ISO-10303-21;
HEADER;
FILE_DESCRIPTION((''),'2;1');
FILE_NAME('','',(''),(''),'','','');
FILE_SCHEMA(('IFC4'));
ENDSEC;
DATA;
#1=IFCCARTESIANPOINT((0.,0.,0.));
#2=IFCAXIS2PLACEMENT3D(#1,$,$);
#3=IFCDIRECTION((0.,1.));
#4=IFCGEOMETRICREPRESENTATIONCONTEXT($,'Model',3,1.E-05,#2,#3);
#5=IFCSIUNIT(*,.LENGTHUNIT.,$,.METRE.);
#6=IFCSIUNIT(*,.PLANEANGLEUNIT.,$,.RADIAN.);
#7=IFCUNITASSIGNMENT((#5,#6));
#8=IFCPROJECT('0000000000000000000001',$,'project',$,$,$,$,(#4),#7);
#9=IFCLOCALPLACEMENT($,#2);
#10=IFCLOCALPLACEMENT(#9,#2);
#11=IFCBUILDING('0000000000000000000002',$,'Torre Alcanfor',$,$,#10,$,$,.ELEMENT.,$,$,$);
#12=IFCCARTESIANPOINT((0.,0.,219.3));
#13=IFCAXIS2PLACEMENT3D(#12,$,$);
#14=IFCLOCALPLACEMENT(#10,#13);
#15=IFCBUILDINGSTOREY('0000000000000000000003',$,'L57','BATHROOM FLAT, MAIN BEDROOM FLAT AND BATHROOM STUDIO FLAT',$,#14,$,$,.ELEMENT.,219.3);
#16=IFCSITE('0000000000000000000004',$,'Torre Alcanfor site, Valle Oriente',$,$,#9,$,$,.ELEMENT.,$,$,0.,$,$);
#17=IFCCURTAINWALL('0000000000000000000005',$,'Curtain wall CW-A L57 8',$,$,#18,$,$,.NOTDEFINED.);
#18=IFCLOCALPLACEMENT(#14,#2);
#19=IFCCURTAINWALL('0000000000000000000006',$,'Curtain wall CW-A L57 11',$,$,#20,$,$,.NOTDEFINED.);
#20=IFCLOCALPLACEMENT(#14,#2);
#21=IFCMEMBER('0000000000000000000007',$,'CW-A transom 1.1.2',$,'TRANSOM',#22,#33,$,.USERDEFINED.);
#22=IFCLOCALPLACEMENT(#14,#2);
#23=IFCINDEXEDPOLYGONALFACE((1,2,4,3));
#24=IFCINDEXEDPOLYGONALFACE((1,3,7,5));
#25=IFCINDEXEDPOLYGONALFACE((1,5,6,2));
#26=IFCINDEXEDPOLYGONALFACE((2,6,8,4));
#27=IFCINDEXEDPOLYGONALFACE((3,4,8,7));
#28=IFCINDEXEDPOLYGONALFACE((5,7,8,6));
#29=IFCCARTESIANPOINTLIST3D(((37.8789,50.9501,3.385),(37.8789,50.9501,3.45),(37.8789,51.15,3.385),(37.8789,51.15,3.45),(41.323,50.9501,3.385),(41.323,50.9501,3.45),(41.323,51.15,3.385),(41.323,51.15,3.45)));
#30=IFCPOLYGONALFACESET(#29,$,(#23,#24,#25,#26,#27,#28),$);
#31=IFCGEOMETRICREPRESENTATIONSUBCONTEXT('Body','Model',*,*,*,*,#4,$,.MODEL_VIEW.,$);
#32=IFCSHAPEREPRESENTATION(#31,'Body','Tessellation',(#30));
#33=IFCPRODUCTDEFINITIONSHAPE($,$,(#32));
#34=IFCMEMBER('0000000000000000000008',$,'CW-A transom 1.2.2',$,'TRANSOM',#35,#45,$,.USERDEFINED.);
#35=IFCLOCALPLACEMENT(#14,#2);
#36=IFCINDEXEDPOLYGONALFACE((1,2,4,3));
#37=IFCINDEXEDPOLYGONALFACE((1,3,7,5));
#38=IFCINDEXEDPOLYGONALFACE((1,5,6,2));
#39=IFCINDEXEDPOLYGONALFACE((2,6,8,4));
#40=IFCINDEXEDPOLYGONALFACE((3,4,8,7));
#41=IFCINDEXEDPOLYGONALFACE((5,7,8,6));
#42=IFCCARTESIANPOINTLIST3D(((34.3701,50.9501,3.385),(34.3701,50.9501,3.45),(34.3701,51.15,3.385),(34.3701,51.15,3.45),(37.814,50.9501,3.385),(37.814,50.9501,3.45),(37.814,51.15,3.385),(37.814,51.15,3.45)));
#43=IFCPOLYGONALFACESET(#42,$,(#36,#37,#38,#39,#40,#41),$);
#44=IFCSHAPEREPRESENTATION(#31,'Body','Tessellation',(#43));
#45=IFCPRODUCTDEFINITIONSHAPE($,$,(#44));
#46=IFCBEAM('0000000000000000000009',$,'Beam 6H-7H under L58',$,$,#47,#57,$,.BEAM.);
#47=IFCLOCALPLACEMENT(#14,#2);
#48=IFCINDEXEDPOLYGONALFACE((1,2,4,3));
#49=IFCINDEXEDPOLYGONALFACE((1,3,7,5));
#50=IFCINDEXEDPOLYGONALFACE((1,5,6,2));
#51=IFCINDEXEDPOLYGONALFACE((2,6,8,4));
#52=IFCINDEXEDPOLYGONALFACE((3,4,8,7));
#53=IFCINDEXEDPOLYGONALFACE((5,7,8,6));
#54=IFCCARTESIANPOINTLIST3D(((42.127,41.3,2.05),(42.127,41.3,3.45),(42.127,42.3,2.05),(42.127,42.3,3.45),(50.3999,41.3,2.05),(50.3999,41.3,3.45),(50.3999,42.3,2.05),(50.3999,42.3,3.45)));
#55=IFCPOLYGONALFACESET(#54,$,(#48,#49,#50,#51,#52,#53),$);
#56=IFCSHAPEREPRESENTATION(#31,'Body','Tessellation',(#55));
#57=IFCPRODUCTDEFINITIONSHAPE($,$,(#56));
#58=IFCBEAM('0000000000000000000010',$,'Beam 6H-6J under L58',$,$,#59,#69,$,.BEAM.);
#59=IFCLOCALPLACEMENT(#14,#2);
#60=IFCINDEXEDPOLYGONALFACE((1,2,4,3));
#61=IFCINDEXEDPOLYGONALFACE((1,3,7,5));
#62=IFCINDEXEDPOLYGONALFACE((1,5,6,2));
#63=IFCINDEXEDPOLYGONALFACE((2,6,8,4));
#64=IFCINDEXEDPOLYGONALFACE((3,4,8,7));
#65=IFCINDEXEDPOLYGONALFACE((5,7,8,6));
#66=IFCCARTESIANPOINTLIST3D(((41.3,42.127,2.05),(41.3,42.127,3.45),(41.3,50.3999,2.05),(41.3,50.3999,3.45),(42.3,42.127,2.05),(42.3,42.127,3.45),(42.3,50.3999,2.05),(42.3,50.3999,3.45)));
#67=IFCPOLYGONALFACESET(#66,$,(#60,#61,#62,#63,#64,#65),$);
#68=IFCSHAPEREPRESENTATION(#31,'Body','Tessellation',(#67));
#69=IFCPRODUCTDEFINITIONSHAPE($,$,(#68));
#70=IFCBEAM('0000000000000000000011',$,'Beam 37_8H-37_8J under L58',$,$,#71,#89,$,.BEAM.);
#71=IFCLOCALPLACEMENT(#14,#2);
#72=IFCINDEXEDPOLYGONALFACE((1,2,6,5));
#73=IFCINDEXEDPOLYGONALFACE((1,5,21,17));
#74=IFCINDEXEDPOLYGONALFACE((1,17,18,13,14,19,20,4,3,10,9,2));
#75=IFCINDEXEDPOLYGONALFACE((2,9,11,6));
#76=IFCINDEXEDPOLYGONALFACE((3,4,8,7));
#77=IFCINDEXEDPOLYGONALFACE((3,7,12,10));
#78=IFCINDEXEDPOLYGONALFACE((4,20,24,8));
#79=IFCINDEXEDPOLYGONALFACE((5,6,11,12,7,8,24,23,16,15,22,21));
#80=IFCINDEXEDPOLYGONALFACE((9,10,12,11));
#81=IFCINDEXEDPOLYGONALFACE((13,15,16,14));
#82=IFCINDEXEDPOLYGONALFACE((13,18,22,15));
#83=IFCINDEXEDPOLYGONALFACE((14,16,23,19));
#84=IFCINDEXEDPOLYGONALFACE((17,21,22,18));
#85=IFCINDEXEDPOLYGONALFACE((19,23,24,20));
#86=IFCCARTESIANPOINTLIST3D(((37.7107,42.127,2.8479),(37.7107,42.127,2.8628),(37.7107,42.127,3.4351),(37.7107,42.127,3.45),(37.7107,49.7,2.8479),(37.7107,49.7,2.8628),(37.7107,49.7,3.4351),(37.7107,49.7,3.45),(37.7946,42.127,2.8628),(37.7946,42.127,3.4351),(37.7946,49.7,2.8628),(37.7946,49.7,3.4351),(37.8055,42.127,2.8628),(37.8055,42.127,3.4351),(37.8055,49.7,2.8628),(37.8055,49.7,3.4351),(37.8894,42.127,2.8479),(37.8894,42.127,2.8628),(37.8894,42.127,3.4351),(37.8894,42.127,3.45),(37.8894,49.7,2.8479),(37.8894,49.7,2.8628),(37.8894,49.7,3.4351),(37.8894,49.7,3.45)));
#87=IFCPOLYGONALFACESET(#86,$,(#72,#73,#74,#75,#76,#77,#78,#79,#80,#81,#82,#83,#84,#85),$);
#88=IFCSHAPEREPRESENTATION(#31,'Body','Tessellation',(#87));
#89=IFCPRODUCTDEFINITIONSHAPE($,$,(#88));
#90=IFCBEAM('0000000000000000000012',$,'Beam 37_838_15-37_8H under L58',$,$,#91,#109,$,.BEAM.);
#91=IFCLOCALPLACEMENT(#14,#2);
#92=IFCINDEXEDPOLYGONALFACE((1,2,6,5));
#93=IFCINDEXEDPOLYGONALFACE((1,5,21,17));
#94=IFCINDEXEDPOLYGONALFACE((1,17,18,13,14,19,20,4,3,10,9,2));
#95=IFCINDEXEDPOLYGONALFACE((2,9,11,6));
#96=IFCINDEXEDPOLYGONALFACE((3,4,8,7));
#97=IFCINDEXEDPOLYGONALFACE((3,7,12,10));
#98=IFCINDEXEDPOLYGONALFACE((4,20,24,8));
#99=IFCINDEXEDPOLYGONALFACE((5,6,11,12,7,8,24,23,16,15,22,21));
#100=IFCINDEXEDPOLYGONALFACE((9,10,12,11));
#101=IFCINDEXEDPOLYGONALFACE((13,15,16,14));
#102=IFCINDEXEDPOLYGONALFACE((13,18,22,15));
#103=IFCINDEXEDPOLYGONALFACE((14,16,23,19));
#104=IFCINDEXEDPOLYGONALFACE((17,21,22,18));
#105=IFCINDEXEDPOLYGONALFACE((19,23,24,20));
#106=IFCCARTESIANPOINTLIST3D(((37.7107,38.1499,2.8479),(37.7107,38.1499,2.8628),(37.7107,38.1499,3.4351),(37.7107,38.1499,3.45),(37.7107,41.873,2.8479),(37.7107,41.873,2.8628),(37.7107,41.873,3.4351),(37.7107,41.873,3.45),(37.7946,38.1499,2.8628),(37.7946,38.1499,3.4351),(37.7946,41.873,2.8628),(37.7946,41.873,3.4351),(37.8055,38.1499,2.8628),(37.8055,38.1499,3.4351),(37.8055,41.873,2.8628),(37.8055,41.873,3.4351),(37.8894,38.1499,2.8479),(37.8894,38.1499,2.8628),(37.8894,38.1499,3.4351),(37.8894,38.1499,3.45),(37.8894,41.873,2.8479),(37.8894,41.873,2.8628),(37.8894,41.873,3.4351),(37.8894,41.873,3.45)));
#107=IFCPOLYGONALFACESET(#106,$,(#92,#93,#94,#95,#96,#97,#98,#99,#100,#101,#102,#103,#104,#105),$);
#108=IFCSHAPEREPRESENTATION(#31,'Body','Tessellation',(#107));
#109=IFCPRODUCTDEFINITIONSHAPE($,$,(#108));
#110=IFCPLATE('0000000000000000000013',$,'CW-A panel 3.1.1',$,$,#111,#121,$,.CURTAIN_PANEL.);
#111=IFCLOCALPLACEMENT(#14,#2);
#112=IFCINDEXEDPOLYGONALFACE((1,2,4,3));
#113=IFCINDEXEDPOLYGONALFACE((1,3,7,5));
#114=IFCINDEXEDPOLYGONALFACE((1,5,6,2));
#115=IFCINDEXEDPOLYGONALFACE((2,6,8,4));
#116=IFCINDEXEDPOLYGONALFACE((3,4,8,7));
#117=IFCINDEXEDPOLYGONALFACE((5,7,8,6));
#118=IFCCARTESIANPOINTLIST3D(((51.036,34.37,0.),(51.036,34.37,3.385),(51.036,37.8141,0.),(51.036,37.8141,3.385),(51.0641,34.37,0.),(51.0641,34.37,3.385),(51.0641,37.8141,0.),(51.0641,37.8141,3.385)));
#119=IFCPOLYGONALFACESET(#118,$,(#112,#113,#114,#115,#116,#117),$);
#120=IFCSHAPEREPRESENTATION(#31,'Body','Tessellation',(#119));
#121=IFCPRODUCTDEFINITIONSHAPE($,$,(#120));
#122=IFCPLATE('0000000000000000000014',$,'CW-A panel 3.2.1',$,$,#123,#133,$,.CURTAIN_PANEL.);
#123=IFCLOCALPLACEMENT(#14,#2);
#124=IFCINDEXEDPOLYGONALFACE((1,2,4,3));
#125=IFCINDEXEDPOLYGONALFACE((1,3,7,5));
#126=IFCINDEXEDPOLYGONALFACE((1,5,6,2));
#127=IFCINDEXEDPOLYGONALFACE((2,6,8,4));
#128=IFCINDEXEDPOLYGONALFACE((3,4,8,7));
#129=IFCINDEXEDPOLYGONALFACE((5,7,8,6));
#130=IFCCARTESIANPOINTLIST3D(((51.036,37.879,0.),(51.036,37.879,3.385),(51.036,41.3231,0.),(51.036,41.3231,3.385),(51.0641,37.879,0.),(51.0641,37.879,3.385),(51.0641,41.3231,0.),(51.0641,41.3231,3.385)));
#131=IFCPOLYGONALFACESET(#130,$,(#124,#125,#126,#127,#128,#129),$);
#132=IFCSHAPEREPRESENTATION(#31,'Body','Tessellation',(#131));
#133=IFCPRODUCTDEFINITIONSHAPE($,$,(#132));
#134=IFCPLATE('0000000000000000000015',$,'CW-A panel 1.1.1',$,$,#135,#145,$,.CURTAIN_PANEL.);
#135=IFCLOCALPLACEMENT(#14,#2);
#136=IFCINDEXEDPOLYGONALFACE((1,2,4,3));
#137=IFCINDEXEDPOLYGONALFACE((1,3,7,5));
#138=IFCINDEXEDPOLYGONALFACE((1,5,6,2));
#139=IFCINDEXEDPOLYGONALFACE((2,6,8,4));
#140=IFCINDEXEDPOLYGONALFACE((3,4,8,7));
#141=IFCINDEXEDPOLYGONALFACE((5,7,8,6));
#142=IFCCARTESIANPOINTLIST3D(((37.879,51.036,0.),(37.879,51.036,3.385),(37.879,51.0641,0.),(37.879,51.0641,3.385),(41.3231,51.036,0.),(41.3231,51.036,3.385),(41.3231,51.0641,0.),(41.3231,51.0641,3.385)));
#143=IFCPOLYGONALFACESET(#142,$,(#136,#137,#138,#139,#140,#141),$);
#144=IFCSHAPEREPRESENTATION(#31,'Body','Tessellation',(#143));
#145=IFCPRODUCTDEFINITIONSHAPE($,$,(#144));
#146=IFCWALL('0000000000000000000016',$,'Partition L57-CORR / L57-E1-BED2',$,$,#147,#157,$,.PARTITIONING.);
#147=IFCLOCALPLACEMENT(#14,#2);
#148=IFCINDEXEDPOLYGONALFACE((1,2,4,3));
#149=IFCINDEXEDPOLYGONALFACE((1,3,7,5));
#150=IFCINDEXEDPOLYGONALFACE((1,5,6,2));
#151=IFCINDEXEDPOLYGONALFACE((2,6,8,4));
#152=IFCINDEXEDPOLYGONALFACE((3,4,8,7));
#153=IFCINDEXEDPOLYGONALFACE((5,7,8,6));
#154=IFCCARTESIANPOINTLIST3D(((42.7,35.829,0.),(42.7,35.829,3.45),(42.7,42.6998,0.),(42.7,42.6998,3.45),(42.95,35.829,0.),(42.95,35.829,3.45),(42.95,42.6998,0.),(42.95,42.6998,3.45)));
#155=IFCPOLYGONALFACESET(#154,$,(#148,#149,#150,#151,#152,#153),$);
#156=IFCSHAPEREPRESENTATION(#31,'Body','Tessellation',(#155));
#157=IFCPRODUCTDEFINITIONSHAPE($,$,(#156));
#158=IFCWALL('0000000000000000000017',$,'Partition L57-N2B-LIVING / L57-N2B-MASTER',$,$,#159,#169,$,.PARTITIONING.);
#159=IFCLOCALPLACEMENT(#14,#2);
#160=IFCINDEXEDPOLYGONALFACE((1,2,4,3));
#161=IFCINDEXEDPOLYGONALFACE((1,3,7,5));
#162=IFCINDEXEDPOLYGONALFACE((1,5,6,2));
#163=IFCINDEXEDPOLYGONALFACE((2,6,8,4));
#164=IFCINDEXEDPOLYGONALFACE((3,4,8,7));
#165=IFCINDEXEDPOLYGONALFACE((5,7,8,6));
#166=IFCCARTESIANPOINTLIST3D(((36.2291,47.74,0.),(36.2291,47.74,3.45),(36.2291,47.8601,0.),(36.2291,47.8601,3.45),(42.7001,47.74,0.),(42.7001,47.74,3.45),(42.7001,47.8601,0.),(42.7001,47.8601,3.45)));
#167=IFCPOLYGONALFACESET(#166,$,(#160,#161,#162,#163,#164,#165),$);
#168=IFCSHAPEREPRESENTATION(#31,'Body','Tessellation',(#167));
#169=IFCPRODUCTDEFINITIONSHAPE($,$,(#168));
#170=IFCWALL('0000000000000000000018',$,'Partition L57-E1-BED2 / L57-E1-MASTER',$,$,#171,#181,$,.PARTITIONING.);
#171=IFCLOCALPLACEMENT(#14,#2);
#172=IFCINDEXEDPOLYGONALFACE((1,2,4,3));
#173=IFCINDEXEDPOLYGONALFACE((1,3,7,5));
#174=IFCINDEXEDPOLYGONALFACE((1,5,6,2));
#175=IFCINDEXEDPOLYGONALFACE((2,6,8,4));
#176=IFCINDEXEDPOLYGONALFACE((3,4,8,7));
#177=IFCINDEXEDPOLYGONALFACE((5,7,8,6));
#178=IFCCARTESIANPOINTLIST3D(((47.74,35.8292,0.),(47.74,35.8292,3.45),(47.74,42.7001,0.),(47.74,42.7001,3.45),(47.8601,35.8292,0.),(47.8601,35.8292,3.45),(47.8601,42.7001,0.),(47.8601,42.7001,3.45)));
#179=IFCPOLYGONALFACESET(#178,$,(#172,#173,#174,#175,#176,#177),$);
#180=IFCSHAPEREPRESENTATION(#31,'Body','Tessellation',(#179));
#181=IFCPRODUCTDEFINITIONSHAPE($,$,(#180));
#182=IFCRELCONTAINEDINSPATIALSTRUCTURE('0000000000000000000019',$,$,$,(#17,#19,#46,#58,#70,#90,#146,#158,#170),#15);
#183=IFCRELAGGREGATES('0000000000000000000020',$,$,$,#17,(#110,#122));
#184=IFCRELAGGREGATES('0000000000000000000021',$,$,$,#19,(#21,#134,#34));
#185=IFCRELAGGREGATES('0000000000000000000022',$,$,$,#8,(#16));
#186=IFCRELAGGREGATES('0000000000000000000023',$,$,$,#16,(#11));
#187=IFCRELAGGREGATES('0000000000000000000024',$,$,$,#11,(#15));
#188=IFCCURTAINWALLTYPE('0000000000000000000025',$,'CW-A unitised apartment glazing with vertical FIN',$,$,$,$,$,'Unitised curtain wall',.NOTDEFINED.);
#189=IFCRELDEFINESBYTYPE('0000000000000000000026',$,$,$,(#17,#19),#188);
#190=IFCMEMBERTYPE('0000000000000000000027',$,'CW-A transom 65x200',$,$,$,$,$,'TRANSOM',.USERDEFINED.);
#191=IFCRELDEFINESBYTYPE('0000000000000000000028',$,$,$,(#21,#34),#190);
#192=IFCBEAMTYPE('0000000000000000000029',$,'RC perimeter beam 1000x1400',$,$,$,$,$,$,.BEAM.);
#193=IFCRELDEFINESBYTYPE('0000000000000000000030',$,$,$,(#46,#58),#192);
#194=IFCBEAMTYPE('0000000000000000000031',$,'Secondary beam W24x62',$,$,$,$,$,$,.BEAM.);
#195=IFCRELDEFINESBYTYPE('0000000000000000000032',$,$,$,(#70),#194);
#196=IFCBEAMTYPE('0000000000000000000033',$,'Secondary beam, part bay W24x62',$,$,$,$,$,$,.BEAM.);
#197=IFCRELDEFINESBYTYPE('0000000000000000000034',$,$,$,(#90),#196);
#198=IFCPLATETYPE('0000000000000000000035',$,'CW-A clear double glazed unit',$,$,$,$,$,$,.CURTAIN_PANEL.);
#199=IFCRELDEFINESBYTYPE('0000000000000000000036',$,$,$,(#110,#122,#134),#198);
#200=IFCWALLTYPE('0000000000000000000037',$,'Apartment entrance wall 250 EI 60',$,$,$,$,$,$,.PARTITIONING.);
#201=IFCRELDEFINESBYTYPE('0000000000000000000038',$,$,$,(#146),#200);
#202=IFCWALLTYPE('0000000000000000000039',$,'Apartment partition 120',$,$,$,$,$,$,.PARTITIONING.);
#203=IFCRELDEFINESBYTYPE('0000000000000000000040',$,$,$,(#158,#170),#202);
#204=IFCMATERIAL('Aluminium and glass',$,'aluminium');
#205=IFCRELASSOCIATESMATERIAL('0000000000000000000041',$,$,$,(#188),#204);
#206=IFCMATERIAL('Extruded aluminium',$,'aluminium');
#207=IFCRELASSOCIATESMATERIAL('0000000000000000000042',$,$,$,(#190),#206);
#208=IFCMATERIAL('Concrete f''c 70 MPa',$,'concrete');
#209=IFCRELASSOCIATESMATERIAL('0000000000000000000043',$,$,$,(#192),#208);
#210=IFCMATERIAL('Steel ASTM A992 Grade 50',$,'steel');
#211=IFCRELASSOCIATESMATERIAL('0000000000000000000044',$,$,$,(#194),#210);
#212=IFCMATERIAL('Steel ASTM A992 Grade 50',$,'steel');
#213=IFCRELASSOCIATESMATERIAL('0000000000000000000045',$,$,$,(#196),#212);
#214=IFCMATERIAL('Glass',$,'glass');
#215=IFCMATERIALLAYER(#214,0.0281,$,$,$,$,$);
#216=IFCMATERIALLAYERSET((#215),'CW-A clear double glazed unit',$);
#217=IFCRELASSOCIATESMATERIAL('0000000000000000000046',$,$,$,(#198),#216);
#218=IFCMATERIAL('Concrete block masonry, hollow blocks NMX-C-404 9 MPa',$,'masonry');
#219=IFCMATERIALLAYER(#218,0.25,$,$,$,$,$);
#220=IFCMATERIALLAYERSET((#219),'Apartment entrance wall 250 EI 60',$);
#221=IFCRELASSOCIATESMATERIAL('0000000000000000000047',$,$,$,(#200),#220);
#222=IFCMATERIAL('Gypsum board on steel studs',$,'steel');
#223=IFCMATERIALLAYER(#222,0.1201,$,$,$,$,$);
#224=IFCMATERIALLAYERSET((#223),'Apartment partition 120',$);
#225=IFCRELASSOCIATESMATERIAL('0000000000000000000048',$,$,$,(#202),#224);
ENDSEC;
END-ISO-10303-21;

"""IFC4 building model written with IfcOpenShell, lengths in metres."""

from ifc_helpers import new_model, si_unit, direction, frame, frame_2d, origin, origin_2d, place, context, subcontext, project, spatial, rectangle, i_section, extrude, material, layer, layer_set, material_profile, profile_set, type_object, element, aggregate, save


model = new_model("IFC4")

# Units and contexts
model_context = context("Model", 3, precision=1e-05, world=origin(), true_north=direction((0.0, 1.0)))
body_context = subcontext(model_context, "Body", "Model", "MODEL_VIEW")
ifc_project = project(units=[si_unit("LENGTHUNIT", "METRE"), si_unit("PLANEANGLEUNIT", "RADIAN")], contexts=[model_context])

# Site, building, storey
site_placement = place(None, origin())
site = spatial("IfcSite", under=ifc_project, at=site_placement, Name="Torre Alcanfor site, Valle Oriente", CompositionType="ELEMENT", RefElevation=0.0)
building_placement = place(site_placement, origin())
building = spatial("IfcBuilding", under=site, at=building_placement, Name="Torre Alcanfor", CompositionType="ELEMENT")
storey_placement = place(building_placement, frame((0.0, 0.0, 219.3)))
storey = spatial("IfcBuildingStorey", under=building, at=storey_placement, Name="L57", Description="BATHROOM FLAT, MAIN BEDROOM FLAT AND BATHROOM STUDIO FLAT", CompositionType="ELEMENT", Elevation=219.3)

# Curtain walls
ifc_material_1 = material(Name="Aluminium and glass", Category="aluminium")
curtain_wall_type = type_object("IfcCurtainWallType", Name="CW-A unitised apartment glazing with vertical FIN", ElementType="Unitised curtain wall", PredefinedType="NOTDEFINED", material=ifc_material_1)
curtain_wall_1_placement = place(storey_placement, origin())
curtain_wall_1 = element("IfcCurtainWall", 1, at=curtain_wall_1_placement, inside=storey, type_object=curtain_wall_type, Name="Curtain wall CW-A L57 8", PredefinedType="NOTDEFINED")
curtain_wall_2_placement = place(storey_placement, origin())
curtain_wall_2 = element("IfcCurtainWall", 2, at=curtain_wall_2_placement, inside=storey, type_object=curtain_wall_type, Name="Curtain wall CW-A L57 11", PredefinedType="NOTDEFINED")

# Members
ifc_material_2 = material(Name="Extruded aluminium", Category="aluminium")
ifc_material_profile_1 = material_profile(ifc_material_2, rectangle(XDim=0.2, YDim=0.0649, at=origin_2d()), Name="CW-A transom 200x65")
ifc_profile_set_1 = profile_set([ifc_material_profile_1], Name="Extruded aluminium")
member_type_1 = type_object("IfcMemberType", Name="CW-A transom 65x200", ElementType="TRANSOM", PredefinedType="USERDEFINED", material=ifc_profile_set_1)
member_1_placement = place(storey_placement, frame((41.323, 51.05, 3.4175), z_axis=(-1.0, 0.0, 0.0), x_axis=(0.0, -1.0, 0.0)))
member_1 = element("IfcMember", 3, at=member_1_placement, type_object=member_type_1, Name="CW-A transom 1.1.2", ObjectType="TRANSOM", PredefinedType="USERDEFINED", context=body_context, shape_type="SweptSolid", body=[
    extrude(rectangle(XDim=0.2, YDim=0.0649, at=origin_2d()), origin(), (0.0, 0.0, 1.0), 3.4441),
])
member_2_placement = place(storey_placement, frame((37.814, 51.05, 3.4175), z_axis=(-1.0, 0.0, 0.0), x_axis=(0.0, -1.0, 0.0)))
member_2 = element("IfcMember", 4, at=member_2_placement, type_object=member_type_1, Name="CW-A transom 1.2.2", ObjectType="TRANSOM", PredefinedType="USERDEFINED", context=body_context, shape_type="SweptSolid", body=[
    extrude(rectangle(XDim=0.2, YDim=0.0649, at=origin_2d()), origin(), (0.0, 0.0, 1.0), 3.4438),
])

# Beams
ifc_material_3 = material(Name="Concrete f'c 70 MPa", Category="concrete")
ifc_material_profile_2 = material_profile(ifc_material_3, rectangle(XDim=1.0, YDim=1.3999, at=origin_2d()), Name="1000x1400")
ifc_profile_set_2 = profile_set([ifc_material_profile_2], Name="Concrete f'c 70 MPa")
beam_type_1 = type_object("IfcBeamType", Name="RC perimeter beam 1000x1400", PredefinedType="BEAM", material=ifc_profile_set_2)
for number, where, z_axis, x_axis, name in (
    (5, (42.127, 41.8, 2.75), (1.0, 0.0, 0.0), (0.0, 1.0, 0.0), "Beam 6H-7H under L58"),
    (6, (41.8, 42.127, 2.75), (0.0, 1.0, 0.0), (-1.0, 0.0, 0.0), "Beam 6H-6J under L58"),
):
    element("IfcBeam", number, at=place(storey_placement, frame(where, z_axis=z_axis, x_axis=x_axis)), inside=storey, type_object=beam_type_1, Name=name, PredefinedType="BEAM", context=body_context, shape_type="SweptSolid", body=[
        extrude(rectangle(XDim=1.0, YDim=1.3999, at=origin_2d()), origin(), (0.0, 0.0, 1.0), 8.2729),
    ])
ifc_material_4 = material(Name="Steel ASTM A992 Grade 50", Category="steel")
ifc_material_profile_3 = material_profile(ifc_material_4, i_section(OverallWidth=0.1787, OverallDepth=0.6021, WebThickness=0.011, FlangeThickness=0.0149, at=origin_2d()), Name="W24x62")
ifc_profile_set_3 = profile_set([ifc_material_profile_3], Name="Steel ASTM A992 Grade 50")
beam_type_2 = type_object("IfcBeamType", Name="Secondary beam W24x62", PredefinedType="BEAM", material=ifc_profile_set_3)
beam_1_placement = place(storey_placement, frame((37.8, 42.127, 3.1489), z_axis=(0.0, 1.0, 0.0), x_axis=(-1.0, 0.0, 0.0)))
element("IfcBeam", 7, at=beam_1_placement, inside=storey, type_object=beam_type_2, Name="Beam 37_8H-37_8J under L58", PredefinedType="BEAM", context=body_context, shape_type="SweptSolid", body=[
    extrude(i_section(OverallWidth=0.1787, OverallDepth=0.6021, WebThickness=0.011, FlangeThickness=0.0149, at=origin_2d()), origin(), (0.0, 0.0, 1.0), 7.573),
])
ifc_material_5 = material(Name="Steel ASTM A992 Grade 50", Category="steel")
ifc_material_profile_4 = material_profile(ifc_material_5, i_section(OverallWidth=0.1787, OverallDepth=0.6021, WebThickness=0.011, FlangeThickness=0.0149, at=origin_2d()), Name="W24x62")
ifc_profile_set_4 = profile_set([ifc_material_profile_4], Name="Steel ASTM A992 Grade 50")
beam_type_3 = type_object("IfcBeamType", Name="Secondary beam, part bay W24x62", PredefinedType="BEAM", material=ifc_profile_set_4)
beam_2_placement = place(storey_placement, frame((37.8, 38.1499, 3.1489), z_axis=(0.0, 1.0, 0.0), x_axis=(-1.0, 0.0, 0.0)))
element("IfcBeam", 8, at=beam_2_placement, inside=storey, type_object=beam_type_3, Name="Beam 37_838_15-37_8H under L58", PredefinedType="BEAM", context=body_context, shape_type="SweptSolid", body=[
    extrude(i_section(OverallWidth=0.1787, OverallDepth=0.6021, WebThickness=0.011, FlangeThickness=0.0149, at=origin_2d()), origin(), (0.0, 0.0, 1.0), 3.7231),
])

# Plates
ifc_material_6 = material(Name="Glass", Category="glass")
ifc_layer_1 = layer(ifc_material_6, 0.0281)
ifc_layer_set_1 = layer_set([ifc_layer_1], Name="CW-A clear double glazed unit")
plate_type = type_object("IfcPlateType", Name="CW-A clear double glazed unit", PredefinedType="CURTAIN_PANEL", material=ifc_layer_set_1)
plate_1_placement = place(storey_placement, frame((51.05, 36.092, 0.0), z_axis=(0.0, 0.0, 1.0), x_axis=(0.0, 1.0, 0.0)))
plate_1 = element("IfcPlate", 9, at=plate_1_placement, type_object=plate_type, Name="CW-A panel 3.1.1", PredefinedType="CURTAIN_PANEL", context=body_context, shape_type="SweptSolid", body=[
    extrude(rectangle(XDim=3.4441, YDim=0.0281, at=origin_2d()), origin(), (0.0, 0.0, 1.0), 3.385),
])
plate_2_placement = place(storey_placement, frame((51.05, 39.6011, 0.0), z_axis=(0.0, 0.0, 1.0), x_axis=(0.0, 1.0, 0.0)))
plate_2 = element("IfcPlate", 10, at=plate_2_placement, type_object=plate_type, Name="CW-A panel 3.2.1", PredefinedType="CURTAIN_PANEL", context=body_context, shape_type="SweptSolid", body=[
    extrude(rectangle(XDim=3.4441, YDim=0.0281, at=origin_2d()), origin(), (0.0, 0.0, 1.0), 3.385),
])
aggregate(curtain_wall_1, [plate_1, plate_2])
plate_3_placement = place(storey_placement, frame((39.6011, 51.05, 0.0), z_axis=(0.0, 0.0, 1.0), x_axis=(-1.0, 0.0, 0.0)))
plate_3 = element("IfcPlate", 11, at=plate_3_placement, type_object=plate_type, Name="CW-A panel 1.1.1", PredefinedType="CURTAIN_PANEL", context=body_context, shape_type="SweptSolid", body=[
    extrude(rectangle(XDim=3.4441, YDim=0.0281, at=origin_2d()), origin(), (0.0, 0.0, 1.0), 3.385),
])
aggregate(curtain_wall_2, [member_1, plate_3, member_2])

# Walls
ifc_material_7 = material(Name="Concrete block masonry, hollow blocks NMX-C-404 9 MPa", Category="masonry")
ifc_layer_2 = layer(ifc_material_7, 0.25)
ifc_layer_set_2 = layer_set([ifc_layer_2], Name="Apartment entrance wall 250 EI 60")
wall_type_1 = type_object("IfcWallType", Name="Apartment entrance wall 250 EI 60", PredefinedType="PARTITIONING", material=ifc_layer_set_2)
wall_1_placement = place(storey_placement, frame((42.825, 42.7, 0.0), z_axis=(0.0, 0.0, 1.0), x_axis=(0.0, -1.0, 0.0)))
element("IfcWall", 12, at=wall_1_placement, inside=storey, type_object=wall_type_1, Name="Partition L57-CORR / L57-E1-BED2", PredefinedType="PARTITIONING", context=body_context, shape_type="SweptSolid", body=[
    extrude(rectangle(XDim=6.8708, YDim=0.25, at=frame_2d((3.4355, 0.0))), origin(), (0.0, 0.0, 1.0), 3.45),
])
ifc_material_8 = material(Name="Gypsum board on steel studs", Category="steel")
ifc_layer_3 = layer(ifc_material_8, 0.1201)
ifc_layer_set_3 = layer_set([ifc_layer_3], Name="Apartment partition 120")
wall_type_2 = type_object("IfcWallType", Name="Apartment partition 120", PredefinedType="PARTITIONING", material=ifc_layer_set_3)
wall_2_placement = place(storey_placement, frame((42.7, 47.8, 0.0), z_axis=(0.0, 0.0, 1.0), x_axis=(-1.0, 0.0, 0.0)))
element("IfcWall", 13, at=wall_2_placement, inside=storey, type_object=wall_type_2, Name="Partition L57-N2B-LIVING / L57-N2B-MASTER", PredefinedType="PARTITIONING", context=body_context, shape_type="SweptSolid", body=[
    extrude(rectangle(XDim=6.4709, YDim=0.1201, at=frame_2d((3.2354, 0.0))), origin(), (0.0, 0.0, 1.0), 3.45),
])
wall_3_placement = place(storey_placement, frame((47.8, 35.8291, 0.0), z_axis=(0.0, 0.0, 1.0), x_axis=(0.0, 1.0, 0.0)))
element("IfcWall", 14, at=wall_3_placement, inside=storey, type_object=wall_type_2, Name="Partition L57-E1-BED2 / L57-E1-MASTER", PredefinedType="PARTITIONING", context=body_context, shape_type="SweptSolid", body=[
    extrude(rectangle(XDim=6.8708, YDim=0.1201, at=frame_2d((3.4355, 0.0))), origin(), (0.0, 0.0, 1.0), 3.45),
])

save(model, "model.ifc")
